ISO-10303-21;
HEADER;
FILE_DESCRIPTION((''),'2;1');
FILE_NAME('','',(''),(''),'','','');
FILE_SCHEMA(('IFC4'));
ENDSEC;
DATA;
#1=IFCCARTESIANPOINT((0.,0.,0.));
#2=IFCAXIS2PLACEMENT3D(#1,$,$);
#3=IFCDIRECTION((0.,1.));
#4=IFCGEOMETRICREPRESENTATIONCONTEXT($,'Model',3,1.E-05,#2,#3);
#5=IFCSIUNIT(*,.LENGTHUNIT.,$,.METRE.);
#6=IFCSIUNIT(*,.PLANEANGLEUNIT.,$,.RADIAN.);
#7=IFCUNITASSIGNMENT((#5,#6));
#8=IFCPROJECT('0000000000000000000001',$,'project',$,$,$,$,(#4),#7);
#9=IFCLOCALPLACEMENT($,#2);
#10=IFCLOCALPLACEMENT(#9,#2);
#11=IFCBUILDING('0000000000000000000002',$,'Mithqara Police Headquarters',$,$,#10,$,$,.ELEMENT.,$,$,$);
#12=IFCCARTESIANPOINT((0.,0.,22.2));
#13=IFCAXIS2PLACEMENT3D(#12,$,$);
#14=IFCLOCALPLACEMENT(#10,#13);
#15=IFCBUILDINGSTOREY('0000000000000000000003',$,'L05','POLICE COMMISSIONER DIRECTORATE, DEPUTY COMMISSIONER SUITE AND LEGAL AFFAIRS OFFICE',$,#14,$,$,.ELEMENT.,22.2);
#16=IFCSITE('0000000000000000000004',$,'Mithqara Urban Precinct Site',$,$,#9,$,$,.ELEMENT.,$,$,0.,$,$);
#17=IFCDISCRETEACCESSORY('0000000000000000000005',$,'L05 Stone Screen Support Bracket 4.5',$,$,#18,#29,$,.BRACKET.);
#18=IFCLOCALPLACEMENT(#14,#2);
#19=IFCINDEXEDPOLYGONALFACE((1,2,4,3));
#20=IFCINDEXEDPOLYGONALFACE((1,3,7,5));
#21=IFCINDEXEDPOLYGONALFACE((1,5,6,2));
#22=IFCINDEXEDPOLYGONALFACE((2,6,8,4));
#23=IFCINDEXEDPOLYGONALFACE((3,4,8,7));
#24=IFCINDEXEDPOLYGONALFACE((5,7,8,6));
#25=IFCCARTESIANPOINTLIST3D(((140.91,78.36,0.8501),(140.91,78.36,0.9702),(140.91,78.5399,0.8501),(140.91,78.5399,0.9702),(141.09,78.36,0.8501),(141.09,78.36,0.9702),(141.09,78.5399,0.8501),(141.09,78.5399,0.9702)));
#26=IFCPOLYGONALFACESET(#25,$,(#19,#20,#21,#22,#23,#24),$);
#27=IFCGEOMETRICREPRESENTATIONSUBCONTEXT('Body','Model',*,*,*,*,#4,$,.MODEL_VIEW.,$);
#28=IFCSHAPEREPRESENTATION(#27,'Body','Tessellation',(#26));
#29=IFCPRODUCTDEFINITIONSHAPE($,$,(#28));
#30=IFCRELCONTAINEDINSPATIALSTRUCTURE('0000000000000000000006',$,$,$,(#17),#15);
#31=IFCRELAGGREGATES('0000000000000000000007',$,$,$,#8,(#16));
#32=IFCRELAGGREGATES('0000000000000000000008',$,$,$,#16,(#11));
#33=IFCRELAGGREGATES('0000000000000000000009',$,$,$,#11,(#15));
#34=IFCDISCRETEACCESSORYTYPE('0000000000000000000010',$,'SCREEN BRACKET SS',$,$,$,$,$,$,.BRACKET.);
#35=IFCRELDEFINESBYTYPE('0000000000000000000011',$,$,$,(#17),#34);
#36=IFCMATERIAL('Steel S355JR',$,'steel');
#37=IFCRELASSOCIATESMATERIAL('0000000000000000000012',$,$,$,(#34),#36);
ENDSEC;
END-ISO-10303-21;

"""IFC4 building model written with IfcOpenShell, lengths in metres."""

from ifc_helpers import new_model, si_unit, direction, frame, origin, origin_2d, place, context, subcontext, project, spatial, rectangle, extrude, material, type_object, element, save


model = new_model("IFC4")

# Units and contexts
model_context = context("Model", 3, precision=1e-05, world=origin(), true_north=direction((0.0, 1.0)))
body_context = subcontext(model_context, "Body", "Model", "MODEL_VIEW")
ifc_project = project(units=[si_unit("LENGTHUNIT", "METRE"), si_unit("PLANEANGLEUNIT", "RADIAN")], contexts=[model_context])

# Site, building, storey
site_placement = place(None, origin())
site = spatial("IfcSite", under=ifc_project, at=site_placement, Name="Mithqara Urban Precinct Site", CompositionType="ELEMENT", RefElevation=0.0)
building_placement = place(site_placement, origin())
building = spatial("IfcBuilding", under=site, at=building_placement, Name="Mithqara Police Headquarters", CompositionType="ELEMENT")
storey_placement = place(building_placement, frame((0.0, 0.0, 22.2)))
storey = spatial("IfcBuildingStorey", under=building, at=storey_placement, Name="L05", Description="POLICE COMMISSIONER DIRECTORATE, DEPUTY COMMISSIONER SUITE AND LEGAL AFFAIRS OFFICE", CompositionType="ELEMENT", Elevation=22.2)

# Shared definitions
ifc_material_1 = material(Name="Steel S355JR", Category="steel")

# Discrete accessory
discrete_accessory_type_1 = type_object("IfcDiscreteAccessoryType", Name="SCREEN BRACKET SS", PredefinedType="BRACKET", material=ifc_material_1)
discrete_accessory_1_placement = place(storey_placement, frame((141.0, 78.45, 0.8501), z_axis=(0.0, 0.0, 1.0), x_axis=(1.0, 0.0, 0.0)))
element("IfcDiscreteAccessory", 1, at=discrete_accessory_1_placement, inside=storey, type_object=discrete_accessory_type_1, Name="L05 Stone Screen Support Bracket 4.5", PredefinedType="BRACKET", context=body_context, shape_type="SweptSolid", body=[
    extrude(rectangle(XDim=0.1799, YDim=0.1799, at=origin_2d()), origin(), (0.0, 0.0, 1.0), 0.1201),
])

save(model, "model.ifc")
